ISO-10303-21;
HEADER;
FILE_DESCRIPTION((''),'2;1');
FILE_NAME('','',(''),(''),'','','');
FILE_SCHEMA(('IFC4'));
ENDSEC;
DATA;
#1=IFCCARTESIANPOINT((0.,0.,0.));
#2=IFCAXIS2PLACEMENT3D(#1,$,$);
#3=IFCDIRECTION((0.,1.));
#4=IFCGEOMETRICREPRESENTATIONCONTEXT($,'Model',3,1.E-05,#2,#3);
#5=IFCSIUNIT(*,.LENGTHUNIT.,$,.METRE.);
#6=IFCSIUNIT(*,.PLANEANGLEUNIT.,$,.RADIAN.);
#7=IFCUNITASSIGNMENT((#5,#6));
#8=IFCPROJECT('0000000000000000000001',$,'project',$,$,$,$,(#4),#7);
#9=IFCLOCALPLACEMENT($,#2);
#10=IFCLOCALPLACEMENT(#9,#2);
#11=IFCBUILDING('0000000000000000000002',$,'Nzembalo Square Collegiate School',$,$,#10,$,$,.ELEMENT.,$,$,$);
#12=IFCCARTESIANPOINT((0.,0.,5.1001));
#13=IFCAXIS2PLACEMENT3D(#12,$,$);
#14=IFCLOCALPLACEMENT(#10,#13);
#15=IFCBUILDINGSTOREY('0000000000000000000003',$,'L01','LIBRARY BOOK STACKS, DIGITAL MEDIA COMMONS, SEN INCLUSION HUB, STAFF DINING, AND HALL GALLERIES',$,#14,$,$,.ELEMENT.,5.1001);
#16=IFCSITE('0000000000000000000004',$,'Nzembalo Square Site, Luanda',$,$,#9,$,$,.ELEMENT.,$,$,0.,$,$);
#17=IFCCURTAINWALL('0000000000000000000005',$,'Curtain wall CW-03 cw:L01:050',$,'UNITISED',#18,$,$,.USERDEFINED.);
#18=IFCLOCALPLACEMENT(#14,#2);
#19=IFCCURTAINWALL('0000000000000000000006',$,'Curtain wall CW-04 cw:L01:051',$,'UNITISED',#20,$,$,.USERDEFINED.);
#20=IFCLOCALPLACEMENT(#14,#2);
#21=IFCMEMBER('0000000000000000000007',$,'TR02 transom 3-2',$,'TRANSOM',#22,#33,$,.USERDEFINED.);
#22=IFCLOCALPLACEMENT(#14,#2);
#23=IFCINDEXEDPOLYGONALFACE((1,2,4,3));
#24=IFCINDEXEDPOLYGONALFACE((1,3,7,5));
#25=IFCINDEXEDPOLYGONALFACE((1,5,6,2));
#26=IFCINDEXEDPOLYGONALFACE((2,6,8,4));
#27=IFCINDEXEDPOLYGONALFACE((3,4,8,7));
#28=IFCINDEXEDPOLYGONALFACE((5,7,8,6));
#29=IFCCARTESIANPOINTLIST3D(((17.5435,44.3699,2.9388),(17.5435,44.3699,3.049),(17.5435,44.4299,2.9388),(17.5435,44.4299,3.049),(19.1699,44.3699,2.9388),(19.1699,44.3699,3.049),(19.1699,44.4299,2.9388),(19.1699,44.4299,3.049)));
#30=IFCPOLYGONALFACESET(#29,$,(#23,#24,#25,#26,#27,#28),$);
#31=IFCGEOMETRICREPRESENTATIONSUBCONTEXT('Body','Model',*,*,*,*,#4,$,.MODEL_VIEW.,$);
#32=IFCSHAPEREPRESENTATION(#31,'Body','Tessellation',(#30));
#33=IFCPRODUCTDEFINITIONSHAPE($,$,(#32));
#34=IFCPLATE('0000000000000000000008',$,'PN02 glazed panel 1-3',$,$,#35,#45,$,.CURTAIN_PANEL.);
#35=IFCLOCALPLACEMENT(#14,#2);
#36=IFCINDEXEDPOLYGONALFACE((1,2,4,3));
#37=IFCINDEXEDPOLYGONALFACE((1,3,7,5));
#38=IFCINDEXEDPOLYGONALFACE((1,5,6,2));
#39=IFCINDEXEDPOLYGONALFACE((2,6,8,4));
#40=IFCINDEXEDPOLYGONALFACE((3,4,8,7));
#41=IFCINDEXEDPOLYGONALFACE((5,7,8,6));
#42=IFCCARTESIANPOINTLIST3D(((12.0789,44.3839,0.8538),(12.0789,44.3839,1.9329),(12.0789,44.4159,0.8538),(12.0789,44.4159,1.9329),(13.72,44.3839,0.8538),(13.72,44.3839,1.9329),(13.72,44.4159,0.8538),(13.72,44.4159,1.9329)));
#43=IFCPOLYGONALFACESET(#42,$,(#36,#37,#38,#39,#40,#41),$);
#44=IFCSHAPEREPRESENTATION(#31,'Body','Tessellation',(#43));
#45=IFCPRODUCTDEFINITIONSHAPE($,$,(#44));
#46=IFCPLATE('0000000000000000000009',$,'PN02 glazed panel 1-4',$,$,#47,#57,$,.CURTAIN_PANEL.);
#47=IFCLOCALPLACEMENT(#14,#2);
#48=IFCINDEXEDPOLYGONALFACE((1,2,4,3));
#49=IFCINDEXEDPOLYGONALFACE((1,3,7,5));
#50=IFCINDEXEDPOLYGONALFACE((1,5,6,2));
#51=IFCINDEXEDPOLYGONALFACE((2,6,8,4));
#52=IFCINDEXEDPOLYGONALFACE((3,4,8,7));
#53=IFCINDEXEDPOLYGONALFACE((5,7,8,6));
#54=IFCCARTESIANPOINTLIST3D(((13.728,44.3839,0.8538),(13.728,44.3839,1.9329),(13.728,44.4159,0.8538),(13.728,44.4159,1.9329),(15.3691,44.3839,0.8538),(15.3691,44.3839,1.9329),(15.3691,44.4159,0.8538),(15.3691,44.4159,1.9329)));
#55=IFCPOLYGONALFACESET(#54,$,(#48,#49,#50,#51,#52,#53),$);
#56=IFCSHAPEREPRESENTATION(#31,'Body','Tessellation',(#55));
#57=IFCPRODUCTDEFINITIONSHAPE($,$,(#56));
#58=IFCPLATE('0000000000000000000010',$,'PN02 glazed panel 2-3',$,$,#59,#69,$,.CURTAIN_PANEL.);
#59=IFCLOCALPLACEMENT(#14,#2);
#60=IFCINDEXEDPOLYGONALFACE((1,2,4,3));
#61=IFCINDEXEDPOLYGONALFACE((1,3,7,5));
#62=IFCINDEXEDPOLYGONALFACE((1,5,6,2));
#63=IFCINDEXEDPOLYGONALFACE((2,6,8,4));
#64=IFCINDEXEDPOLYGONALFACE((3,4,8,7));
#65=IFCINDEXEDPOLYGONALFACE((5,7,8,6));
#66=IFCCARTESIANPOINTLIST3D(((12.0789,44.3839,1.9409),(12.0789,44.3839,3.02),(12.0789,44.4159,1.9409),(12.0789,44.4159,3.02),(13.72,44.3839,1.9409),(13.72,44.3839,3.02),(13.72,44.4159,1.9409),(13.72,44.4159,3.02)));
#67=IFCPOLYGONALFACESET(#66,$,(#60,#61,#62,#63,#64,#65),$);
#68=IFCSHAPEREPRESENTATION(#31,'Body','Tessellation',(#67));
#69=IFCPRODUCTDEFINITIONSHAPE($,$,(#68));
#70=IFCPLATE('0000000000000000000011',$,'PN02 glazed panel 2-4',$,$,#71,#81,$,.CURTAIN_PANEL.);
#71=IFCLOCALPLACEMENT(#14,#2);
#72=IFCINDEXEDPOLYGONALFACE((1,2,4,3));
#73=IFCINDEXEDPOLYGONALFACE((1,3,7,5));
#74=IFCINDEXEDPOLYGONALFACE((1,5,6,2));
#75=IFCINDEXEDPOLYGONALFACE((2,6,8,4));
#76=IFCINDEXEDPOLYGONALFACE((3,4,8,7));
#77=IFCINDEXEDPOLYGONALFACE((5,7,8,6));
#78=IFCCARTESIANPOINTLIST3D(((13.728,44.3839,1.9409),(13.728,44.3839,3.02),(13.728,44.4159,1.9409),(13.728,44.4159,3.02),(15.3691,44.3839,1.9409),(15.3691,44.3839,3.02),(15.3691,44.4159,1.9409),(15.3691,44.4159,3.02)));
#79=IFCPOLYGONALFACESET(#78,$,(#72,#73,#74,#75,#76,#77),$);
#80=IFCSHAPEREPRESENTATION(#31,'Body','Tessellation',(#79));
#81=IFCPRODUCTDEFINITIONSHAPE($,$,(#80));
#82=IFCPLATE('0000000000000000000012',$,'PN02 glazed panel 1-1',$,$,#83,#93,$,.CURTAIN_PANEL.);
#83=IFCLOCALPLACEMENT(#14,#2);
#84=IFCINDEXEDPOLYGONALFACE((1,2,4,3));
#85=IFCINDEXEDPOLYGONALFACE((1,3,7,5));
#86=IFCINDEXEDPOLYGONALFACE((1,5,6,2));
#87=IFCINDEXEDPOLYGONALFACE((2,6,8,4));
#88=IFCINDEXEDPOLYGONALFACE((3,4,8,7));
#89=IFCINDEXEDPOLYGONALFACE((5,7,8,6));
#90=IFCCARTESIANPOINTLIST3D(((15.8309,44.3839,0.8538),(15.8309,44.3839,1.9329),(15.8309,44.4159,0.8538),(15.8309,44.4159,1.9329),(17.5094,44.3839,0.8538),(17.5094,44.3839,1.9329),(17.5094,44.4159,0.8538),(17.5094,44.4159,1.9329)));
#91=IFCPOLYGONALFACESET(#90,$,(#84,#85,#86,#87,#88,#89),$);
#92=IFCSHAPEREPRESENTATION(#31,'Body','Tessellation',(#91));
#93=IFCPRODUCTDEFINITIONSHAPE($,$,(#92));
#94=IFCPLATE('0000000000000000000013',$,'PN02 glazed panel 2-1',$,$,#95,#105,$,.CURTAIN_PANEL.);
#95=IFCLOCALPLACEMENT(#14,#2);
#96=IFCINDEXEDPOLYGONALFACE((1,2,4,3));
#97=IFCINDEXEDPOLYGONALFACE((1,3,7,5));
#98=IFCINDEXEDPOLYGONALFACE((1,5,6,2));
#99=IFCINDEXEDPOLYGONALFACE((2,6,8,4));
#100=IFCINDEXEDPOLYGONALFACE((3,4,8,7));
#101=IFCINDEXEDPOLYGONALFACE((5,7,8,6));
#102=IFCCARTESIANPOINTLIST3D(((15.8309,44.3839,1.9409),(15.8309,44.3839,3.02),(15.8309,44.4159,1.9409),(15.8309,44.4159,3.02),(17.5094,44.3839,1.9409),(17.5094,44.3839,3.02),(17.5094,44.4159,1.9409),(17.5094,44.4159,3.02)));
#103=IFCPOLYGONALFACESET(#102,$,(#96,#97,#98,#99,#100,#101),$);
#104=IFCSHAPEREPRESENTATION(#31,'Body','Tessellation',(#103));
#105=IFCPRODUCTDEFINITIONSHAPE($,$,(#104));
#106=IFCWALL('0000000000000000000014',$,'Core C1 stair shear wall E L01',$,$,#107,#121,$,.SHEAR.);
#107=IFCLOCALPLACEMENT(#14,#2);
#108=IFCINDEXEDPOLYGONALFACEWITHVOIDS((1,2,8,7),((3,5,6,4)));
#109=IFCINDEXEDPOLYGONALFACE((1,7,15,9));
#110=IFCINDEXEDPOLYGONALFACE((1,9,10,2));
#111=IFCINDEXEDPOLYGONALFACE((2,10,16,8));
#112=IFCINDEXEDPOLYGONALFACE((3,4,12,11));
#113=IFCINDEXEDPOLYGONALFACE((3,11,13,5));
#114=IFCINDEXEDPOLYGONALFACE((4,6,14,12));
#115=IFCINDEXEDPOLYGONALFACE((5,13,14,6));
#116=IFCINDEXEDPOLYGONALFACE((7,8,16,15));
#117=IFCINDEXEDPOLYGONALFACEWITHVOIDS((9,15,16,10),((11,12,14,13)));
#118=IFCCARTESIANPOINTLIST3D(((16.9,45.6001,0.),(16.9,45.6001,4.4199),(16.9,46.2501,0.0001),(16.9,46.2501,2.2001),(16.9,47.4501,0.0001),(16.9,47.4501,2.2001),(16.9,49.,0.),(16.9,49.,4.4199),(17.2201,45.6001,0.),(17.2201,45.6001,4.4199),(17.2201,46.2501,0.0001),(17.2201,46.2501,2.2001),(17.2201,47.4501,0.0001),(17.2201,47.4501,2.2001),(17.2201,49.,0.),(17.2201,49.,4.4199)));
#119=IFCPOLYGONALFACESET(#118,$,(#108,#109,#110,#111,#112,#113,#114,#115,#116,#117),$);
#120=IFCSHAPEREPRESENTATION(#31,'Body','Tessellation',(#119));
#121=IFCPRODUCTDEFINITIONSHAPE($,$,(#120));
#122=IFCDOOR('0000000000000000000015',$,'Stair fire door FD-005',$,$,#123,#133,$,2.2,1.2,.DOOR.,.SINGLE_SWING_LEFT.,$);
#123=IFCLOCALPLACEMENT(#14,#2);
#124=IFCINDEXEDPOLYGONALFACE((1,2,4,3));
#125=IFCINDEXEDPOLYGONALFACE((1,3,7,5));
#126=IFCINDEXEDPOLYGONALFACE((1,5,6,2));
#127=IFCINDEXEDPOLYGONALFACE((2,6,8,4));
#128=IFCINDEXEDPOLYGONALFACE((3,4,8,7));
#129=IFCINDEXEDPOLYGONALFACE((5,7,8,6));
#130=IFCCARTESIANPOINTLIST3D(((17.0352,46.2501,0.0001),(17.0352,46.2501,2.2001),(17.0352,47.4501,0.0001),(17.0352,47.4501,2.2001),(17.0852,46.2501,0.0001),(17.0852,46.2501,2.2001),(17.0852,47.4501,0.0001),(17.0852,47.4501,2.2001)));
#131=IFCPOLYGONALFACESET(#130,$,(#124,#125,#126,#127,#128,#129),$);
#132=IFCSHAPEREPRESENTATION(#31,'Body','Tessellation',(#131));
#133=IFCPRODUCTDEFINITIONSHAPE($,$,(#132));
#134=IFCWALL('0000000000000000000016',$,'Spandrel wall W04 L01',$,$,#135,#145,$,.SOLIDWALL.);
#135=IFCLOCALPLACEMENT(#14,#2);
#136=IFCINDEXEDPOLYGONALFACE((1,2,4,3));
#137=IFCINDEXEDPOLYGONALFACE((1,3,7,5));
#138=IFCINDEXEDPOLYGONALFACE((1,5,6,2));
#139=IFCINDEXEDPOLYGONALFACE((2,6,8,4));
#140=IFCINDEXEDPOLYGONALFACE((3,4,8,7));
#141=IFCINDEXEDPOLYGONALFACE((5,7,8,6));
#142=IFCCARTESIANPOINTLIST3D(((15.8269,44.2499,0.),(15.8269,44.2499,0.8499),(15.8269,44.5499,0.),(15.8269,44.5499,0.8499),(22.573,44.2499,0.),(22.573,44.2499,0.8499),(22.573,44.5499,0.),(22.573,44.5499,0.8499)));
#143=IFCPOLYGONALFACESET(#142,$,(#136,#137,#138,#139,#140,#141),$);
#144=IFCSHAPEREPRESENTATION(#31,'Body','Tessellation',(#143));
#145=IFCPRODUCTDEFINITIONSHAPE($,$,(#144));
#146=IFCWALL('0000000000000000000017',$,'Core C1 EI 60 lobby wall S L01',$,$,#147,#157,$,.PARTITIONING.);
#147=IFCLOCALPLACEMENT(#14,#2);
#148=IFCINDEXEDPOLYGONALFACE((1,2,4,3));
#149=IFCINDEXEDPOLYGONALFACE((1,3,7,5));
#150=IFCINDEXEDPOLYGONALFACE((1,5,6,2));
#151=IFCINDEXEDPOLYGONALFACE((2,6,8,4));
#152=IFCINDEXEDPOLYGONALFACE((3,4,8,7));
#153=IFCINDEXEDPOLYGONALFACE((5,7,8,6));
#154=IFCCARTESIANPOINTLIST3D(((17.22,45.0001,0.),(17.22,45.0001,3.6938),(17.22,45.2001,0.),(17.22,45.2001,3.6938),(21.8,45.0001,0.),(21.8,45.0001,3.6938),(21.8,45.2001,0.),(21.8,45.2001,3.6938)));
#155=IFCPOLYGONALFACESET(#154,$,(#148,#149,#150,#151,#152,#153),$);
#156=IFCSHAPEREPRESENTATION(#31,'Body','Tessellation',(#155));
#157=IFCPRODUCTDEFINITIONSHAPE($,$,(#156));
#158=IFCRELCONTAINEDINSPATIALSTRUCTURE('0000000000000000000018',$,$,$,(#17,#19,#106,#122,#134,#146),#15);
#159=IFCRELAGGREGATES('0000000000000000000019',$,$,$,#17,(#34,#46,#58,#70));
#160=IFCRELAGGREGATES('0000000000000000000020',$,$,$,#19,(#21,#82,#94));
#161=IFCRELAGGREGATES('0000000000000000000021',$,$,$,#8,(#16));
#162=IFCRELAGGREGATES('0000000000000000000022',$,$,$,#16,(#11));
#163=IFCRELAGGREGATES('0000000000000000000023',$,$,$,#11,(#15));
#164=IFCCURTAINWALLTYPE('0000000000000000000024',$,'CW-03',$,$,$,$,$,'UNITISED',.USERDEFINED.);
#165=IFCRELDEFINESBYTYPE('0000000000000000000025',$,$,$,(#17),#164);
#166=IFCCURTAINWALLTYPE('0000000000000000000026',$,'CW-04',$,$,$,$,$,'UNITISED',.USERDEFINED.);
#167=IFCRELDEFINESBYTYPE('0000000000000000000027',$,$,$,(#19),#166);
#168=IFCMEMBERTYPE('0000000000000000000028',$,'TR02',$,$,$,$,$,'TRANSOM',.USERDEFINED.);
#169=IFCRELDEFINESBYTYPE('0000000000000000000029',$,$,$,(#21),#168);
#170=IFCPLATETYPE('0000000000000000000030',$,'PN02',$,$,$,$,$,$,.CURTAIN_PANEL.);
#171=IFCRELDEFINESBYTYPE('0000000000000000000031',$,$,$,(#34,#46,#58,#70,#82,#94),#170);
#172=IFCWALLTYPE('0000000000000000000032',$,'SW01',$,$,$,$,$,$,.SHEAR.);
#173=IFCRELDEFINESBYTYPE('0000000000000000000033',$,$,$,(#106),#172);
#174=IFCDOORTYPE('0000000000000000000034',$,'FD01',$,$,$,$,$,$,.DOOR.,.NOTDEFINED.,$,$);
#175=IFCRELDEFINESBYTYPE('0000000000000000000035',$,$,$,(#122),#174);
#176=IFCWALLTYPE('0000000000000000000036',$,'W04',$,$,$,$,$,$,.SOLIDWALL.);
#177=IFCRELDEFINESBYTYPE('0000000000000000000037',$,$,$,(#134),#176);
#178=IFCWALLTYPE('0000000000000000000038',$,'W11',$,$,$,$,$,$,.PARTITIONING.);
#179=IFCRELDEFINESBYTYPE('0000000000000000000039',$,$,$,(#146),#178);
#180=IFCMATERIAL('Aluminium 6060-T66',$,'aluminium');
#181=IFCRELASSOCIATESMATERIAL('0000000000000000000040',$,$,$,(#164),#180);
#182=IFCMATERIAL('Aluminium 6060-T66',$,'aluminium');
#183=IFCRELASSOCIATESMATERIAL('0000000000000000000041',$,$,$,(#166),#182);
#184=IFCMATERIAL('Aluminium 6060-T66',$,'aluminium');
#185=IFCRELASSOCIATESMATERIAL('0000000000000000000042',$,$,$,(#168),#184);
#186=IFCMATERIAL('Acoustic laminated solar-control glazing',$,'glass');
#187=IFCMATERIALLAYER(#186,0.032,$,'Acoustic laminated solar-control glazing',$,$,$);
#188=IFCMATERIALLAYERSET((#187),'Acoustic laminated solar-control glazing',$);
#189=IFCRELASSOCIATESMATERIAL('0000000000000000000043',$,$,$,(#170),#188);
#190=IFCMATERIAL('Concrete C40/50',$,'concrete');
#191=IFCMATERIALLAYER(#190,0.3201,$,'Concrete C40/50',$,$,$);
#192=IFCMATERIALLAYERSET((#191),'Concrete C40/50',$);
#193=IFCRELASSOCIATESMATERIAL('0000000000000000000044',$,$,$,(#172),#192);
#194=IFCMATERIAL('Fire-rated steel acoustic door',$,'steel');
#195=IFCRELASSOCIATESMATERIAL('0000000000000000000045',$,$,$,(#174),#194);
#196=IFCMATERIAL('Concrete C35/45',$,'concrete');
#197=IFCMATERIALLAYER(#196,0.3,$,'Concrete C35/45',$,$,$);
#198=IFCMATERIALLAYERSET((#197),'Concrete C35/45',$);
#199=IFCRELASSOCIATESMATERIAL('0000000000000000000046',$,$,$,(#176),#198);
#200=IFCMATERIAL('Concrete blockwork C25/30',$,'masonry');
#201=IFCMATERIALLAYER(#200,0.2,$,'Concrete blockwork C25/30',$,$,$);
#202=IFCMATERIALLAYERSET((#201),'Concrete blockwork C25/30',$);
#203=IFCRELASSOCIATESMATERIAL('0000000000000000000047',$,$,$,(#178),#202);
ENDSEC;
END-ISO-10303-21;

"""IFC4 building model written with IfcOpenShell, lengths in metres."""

from ifc_helpers import new_model, si_unit, direction, frame, frame_2d, origin, origin_2d, place, context, subcontext, project, spatial, rectangle, extrude, material, layer, layer_set, material_profile, profile_set, type_object, element, fill, aggregate, save


model = new_model("IFC4")

# Units and contexts
model_context = context("Model", 3, precision=1e-05, world=origin(), true_north=direction((0.0, 1.0)))
body_context = subcontext(model_context, "Body", "Model", "MODEL_VIEW")
ifc_project = project(units=[si_unit("LENGTHUNIT", "METRE"), si_unit("PLANEANGLEUNIT", "RADIAN")], contexts=[model_context])

# Site, building, storey
site_placement = place(None, origin())
site = spatial("IfcSite", under=ifc_project, at=site_placement, Name="Nzembalo Square Site, Luanda", CompositionType="ELEMENT", RefElevation=0.0)
building_placement = place(site_placement, origin())
building = spatial("IfcBuilding", under=site, at=building_placement, Name="Nzembalo Square Collegiate School", CompositionType="ELEMENT")
storey_placement = place(building_placement, frame((0.0, 0.0, 5.1001)))
storey = spatial("IfcBuildingStorey", under=building, at=storey_placement, Name="L01", Description="LIBRARY BOOK STACKS, DIGITAL MEDIA COMMONS, SEN INCLUSION HUB, STAFF DINING, AND HALL GALLERIES", CompositionType="ELEMENT", Elevation=5.1001)

# Curtain walls
ifc_material_1 = material(Name="Aluminium 6060-T66", Category="aluminium")
curtain_wall_type_1 = type_object("IfcCurtainWallType", Name="CW-03", ElementType="UNITISED", PredefinedType="USERDEFINED", material=ifc_material_1)
curtain_wall_1_placement = place(storey_placement, origin())
curtain_wall_1 = element("IfcCurtainWall", 1, at=curtain_wall_1_placement, inside=storey, type_object=curtain_wall_type_1, Name="Curtain wall CW-03 cw:L01:050", ObjectType="UNITISED", PredefinedType="USERDEFINED")
ifc_material_2 = material(Name="Aluminium 6060-T66", Category="aluminium")
curtain_wall_type_2 = type_object("IfcCurtainWallType", Name="CW-04", ElementType="UNITISED", PredefinedType="USERDEFINED", material=ifc_material_2)
curtain_wall_2_placement = place(storey_placement, origin())
curtain_wall_2 = element("IfcCurtainWall", 2, at=curtain_wall_2_placement, inside=storey, type_object=curtain_wall_type_2, Name="Curtain wall CW-04 cw:L01:051", ObjectType="UNITISED", PredefinedType="USERDEFINED")

# Member
ifc_material_3 = material(Name="Aluminium 6060-T66", Category="aluminium")
ifc_material_profile_1 = material_profile(ifc_material_3, rectangle(XDim=0.0601, YDim=0.1101, at=origin_2d()), Name="ALU T60x110")
ifc_profile_set_1 = profile_set([ifc_material_profile_1], Name="Aluminium 6060-T66")
member_type_1 = type_object("IfcMemberType", Name="TR02", ElementType="TRANSOM", PredefinedType="USERDEFINED", material=ifc_profile_set_1)
member_1_placement = place(storey_placement, frame((17.5435, 44.3999, 2.9939), z_axis=(1.0, 0.0, 0.0), x_axis=(0.0, 1.0, 0.0)))
member_1 = element("IfcMember", 3, at=member_1_placement, type_object=member_type_1, Name="TR02 transom 3-2", ObjectType="TRANSOM", PredefinedType="USERDEFINED", context=body_context, shape_type="SweptSolid", body=[
    extrude(rectangle(XDim=0.0601, YDim=0.1101, at=origin_2d()), origin(), (0.0, 0.0, 1.0), 1.6265),
])

# Plates
ifc_material_4 = material(Name="Acoustic laminated solar-control glazing", Category="glass")
ifc_layer_1 = layer(ifc_material_4, 0.032, Name="Acoustic laminated solar-control glazing")
ifc_layer_set_1 = layer_set([ifc_layer_1], Name="Acoustic laminated solar-control glazing")
plate_type = type_object("IfcPlateType", Name="PN02", PredefinedType="CURTAIN_PANEL", material=ifc_layer_set_1)
plate_1_placement = place(storey_placement, frame((12.8994, 44.3999, 0.8538), z_axis=(0.0, 0.0, 1.0), x_axis=(1.0, 0.0, 0.0)))
plate_1 = element("IfcPlate", 4, at=plate_1_placement, type_object=plate_type, Name="PN02 glazed panel 1-3", PredefinedType="CURTAIN_PANEL", context=body_context, shape_type="SweptSolid", body=[
    extrude(rectangle(XDim=1.6411, YDim=0.032, at=origin_2d()), origin(), (0.0, 0.0, 1.0), 1.0791),
])
plate_2_placement = place(storey_placement, frame((14.5486, 44.3999, 0.8538), z_axis=(0.0, 0.0, 1.0), x_axis=(1.0, 0.0, 0.0)))
plate_2 = element("IfcPlate", 5, at=plate_2_placement, type_object=plate_type, Name="PN02 glazed panel 1-4", PredefinedType="CURTAIN_PANEL", context=body_context, shape_type="SweptSolid", body=[
    extrude(rectangle(XDim=1.6411, YDim=0.032, at=origin_2d()), origin(), (0.0, 0.0, 1.0), 1.0791),
])
plate_3_placement = place(storey_placement, frame((12.8994, 44.3999, 1.9409), z_axis=(0.0, 0.0, 1.0), x_axis=(1.0, 0.0, 0.0)))
plate_3 = element("IfcPlate", 6, at=plate_3_placement, type_object=plate_type, Name="PN02 glazed panel 2-3", PredefinedType="CURTAIN_PANEL", context=body_context, shape_type="SweptSolid", body=[
    extrude(rectangle(XDim=1.6411, YDim=0.032, at=origin_2d()), origin(), (0.0, 0.0, 1.0), 1.0791),
])
plate_4_placement = place(storey_placement, frame((14.5486, 44.3999, 1.9409), z_axis=(0.0, 0.0, 1.0), x_axis=(1.0, 0.0, 0.0)))
plate_4 = element("IfcPlate", 7, at=plate_4_placement, type_object=plate_type, Name="PN02 glazed panel 2-4", PredefinedType="CURTAIN_PANEL", context=body_context, shape_type="SweptSolid", body=[
    extrude(rectangle(XDim=1.6411, YDim=0.032, at=origin_2d()), origin(), (0.0, 0.0, 1.0), 1.0791),
])
aggregate(curtain_wall_1, [plate_1, plate_2, plate_3, plate_4])
plate_5_placement = place(storey_placement, frame((16.6702, 44.3999, 0.8538), z_axis=(0.0, 0.0, 1.0), x_axis=(1.0, 0.0, 0.0)))
plate_5 = element("IfcPlate", 8, at=plate_5_placement, type_object=plate_type, Name="PN02 glazed panel 1-1", PredefinedType="CURTAIN_PANEL", context=body_context, shape_type="SweptSolid", body=[
    extrude(rectangle(XDim=1.6785, YDim=0.032, at=origin_2d()), origin(), (0.0, 0.0, 1.0), 1.0791),
])
plate_6_placement = place(storey_placement, frame((16.6702, 44.3999, 1.9409), z_axis=(0.0, 0.0, 1.0), x_axis=(1.0, 0.0, 0.0)))
plate_6 = element("IfcPlate", 9, at=plate_6_placement, type_object=plate_type, Name="PN02 glazed panel 2-1", PredefinedType="CURTAIN_PANEL", context=body_context, shape_type="SweptSolid", body=[
    extrude(rectangle(XDim=1.6785, YDim=0.032, at=origin_2d()), origin(), (0.0, 0.0, 1.0), 1.0791),
])
aggregate(curtain_wall_2, [member_1, plate_5, plate_6])

# Wall, opening, door
ifc_material_5 = material(Name="Concrete C40/50", Category="concrete")
ifc_layer_2 = layer(ifc_material_5, 0.3201, Name="Concrete C40/50")
ifc_layer_set_2 = layer_set([ifc_layer_2], Name="Concrete C40/50")
wall_type_1 = type_object("IfcWallType", Name="SW01", PredefinedType="SHEAR", material=ifc_layer_set_2)
wall_1_placement = place(storey_placement, frame((17.0601, 45.6001, 0.0), z_axis=(0.0, 0.0, 1.0), x_axis=(0.0, 1.0, 0.0)))
wall_1 = element("IfcWall", 10, at=wall_1_placement, inside=storey, type_object=wall_type_1, Name="Core C1 stair shear wall E L01", PredefinedType="SHEAR", context=body_context, shape_type="SweptSolid", body=[
    extrude(rectangle(XDim=3.3999, YDim=0.3201, at=frame_2d((1.7, 0.0))), origin(), (0.0, 0.0, 1.0), 4.4199),
])
opening_placement = place(wall_1_placement, frame((0.6499, 0.0, 0.0)))
opening = element("IfcOpeningElement", 11, at=opening_placement, cuts=wall_1, PredefinedType="OPENING", context=body_context, shape_type="SweptSolid", body=[
    extrude(rectangle(XDim=1.2, YDim=2.2, at=frame_2d((0.6001, 1.1001))), frame((0.0, 0.1699, 0.0), z_axis=(0.0, -1.0, 0.0), x_axis=(1.0, 0.0, 0.0)), (0.0, 0.0, 1.0), 0.3401),
])
ifc_material_6 = material(Name="Fire-rated steel acoustic door", Category="steel")
door_type = type_object("IfcDoorType", Name="FD01", OperationType="NOTDEFINED", PredefinedType="DOOR", material=ifc_material_6)
door_placement = place(opening_placement, origin())
door = element("IfcDoor", 12, at=door_placement, inside=storey, type_object=door_type, Name="Stair fire door FD-005", OperationType="SINGLE_SWING_LEFT", OverallHeight=2.2, OverallWidth=1.2, PredefinedType="DOOR", context=body_context, shape_type="SweptSolid", body=[
    extrude(rectangle(XDim=1.2, YDim=2.2, at=frame_2d((0.6001, 1.1001))), frame((0.0, 0.0249, 0.0), z_axis=(0.0, -1.0, 0.0), x_axis=(1.0, 0.0, 0.0)), (0.0, 0.0, 1.0), 0.05),
])
fill(opening, door)

# Walls
ifc_material_7 = material(Name="Concrete C35/45", Category="concrete")
ifc_layer_3 = layer(ifc_material_7, 0.3, Name="Concrete C35/45")
ifc_layer_set_3 = layer_set([ifc_layer_3], Name="Concrete C35/45")
wall_type_2 = type_object("IfcWallType", Name="W04", PredefinedType="SOLIDWALL", material=ifc_layer_set_3)
wall_2_placement = place(storey_placement, frame((15.8269, 44.3999, 0.0), z_axis=(0.0, 0.0, 1.0), x_axis=(1.0, 0.0, 0.0)))
element("IfcWall", 13, at=wall_2_placement, inside=storey, type_object=wall_type_2, Name="Spandrel wall W04 L01", PredefinedType="SOLIDWALL", context=body_context, shape_type="SweptSolid", body=[
    extrude(rectangle(XDim=6.7461, YDim=0.3, at=frame_2d((3.373, 0.0))), origin(), (0.0, 0.0, 1.0), 0.8499),
])
ifc_material_8 = material(Name="Concrete blockwork C25/30", Category="masonry")
ifc_layer_4 = layer(ifc_material_8, 0.2, Name="Concrete blockwork C25/30")
ifc_layer_set_4 = layer_set([ifc_layer_4], Name="Concrete blockwork C25/30")
wall_type_3 = type_object("IfcWallType", Name="W11", PredefinedType="PARTITIONING", material=ifc_layer_set_4)
wall_3_placement = place(storey_placement, frame((17.22, 45.1001, 0.0), z_axis=(0.0, 0.0, 1.0), x_axis=(1.0, 0.0, 0.0)))
element("IfcWall", 14, at=wall_3_placement, inside=storey, type_object=wall_type_3, Name="Core C1 EI 60 lobby wall S L01", PredefinedType="PARTITIONING", context=body_context, shape_type="SweptSolid", body=[
    extrude(rectangle(XDim=4.5801, YDim=0.2, at=frame_2d((2.29, 0.0))), origin(), (0.0, 0.0, 1.0), 3.6938),
])

save(model, "model.ifc")
